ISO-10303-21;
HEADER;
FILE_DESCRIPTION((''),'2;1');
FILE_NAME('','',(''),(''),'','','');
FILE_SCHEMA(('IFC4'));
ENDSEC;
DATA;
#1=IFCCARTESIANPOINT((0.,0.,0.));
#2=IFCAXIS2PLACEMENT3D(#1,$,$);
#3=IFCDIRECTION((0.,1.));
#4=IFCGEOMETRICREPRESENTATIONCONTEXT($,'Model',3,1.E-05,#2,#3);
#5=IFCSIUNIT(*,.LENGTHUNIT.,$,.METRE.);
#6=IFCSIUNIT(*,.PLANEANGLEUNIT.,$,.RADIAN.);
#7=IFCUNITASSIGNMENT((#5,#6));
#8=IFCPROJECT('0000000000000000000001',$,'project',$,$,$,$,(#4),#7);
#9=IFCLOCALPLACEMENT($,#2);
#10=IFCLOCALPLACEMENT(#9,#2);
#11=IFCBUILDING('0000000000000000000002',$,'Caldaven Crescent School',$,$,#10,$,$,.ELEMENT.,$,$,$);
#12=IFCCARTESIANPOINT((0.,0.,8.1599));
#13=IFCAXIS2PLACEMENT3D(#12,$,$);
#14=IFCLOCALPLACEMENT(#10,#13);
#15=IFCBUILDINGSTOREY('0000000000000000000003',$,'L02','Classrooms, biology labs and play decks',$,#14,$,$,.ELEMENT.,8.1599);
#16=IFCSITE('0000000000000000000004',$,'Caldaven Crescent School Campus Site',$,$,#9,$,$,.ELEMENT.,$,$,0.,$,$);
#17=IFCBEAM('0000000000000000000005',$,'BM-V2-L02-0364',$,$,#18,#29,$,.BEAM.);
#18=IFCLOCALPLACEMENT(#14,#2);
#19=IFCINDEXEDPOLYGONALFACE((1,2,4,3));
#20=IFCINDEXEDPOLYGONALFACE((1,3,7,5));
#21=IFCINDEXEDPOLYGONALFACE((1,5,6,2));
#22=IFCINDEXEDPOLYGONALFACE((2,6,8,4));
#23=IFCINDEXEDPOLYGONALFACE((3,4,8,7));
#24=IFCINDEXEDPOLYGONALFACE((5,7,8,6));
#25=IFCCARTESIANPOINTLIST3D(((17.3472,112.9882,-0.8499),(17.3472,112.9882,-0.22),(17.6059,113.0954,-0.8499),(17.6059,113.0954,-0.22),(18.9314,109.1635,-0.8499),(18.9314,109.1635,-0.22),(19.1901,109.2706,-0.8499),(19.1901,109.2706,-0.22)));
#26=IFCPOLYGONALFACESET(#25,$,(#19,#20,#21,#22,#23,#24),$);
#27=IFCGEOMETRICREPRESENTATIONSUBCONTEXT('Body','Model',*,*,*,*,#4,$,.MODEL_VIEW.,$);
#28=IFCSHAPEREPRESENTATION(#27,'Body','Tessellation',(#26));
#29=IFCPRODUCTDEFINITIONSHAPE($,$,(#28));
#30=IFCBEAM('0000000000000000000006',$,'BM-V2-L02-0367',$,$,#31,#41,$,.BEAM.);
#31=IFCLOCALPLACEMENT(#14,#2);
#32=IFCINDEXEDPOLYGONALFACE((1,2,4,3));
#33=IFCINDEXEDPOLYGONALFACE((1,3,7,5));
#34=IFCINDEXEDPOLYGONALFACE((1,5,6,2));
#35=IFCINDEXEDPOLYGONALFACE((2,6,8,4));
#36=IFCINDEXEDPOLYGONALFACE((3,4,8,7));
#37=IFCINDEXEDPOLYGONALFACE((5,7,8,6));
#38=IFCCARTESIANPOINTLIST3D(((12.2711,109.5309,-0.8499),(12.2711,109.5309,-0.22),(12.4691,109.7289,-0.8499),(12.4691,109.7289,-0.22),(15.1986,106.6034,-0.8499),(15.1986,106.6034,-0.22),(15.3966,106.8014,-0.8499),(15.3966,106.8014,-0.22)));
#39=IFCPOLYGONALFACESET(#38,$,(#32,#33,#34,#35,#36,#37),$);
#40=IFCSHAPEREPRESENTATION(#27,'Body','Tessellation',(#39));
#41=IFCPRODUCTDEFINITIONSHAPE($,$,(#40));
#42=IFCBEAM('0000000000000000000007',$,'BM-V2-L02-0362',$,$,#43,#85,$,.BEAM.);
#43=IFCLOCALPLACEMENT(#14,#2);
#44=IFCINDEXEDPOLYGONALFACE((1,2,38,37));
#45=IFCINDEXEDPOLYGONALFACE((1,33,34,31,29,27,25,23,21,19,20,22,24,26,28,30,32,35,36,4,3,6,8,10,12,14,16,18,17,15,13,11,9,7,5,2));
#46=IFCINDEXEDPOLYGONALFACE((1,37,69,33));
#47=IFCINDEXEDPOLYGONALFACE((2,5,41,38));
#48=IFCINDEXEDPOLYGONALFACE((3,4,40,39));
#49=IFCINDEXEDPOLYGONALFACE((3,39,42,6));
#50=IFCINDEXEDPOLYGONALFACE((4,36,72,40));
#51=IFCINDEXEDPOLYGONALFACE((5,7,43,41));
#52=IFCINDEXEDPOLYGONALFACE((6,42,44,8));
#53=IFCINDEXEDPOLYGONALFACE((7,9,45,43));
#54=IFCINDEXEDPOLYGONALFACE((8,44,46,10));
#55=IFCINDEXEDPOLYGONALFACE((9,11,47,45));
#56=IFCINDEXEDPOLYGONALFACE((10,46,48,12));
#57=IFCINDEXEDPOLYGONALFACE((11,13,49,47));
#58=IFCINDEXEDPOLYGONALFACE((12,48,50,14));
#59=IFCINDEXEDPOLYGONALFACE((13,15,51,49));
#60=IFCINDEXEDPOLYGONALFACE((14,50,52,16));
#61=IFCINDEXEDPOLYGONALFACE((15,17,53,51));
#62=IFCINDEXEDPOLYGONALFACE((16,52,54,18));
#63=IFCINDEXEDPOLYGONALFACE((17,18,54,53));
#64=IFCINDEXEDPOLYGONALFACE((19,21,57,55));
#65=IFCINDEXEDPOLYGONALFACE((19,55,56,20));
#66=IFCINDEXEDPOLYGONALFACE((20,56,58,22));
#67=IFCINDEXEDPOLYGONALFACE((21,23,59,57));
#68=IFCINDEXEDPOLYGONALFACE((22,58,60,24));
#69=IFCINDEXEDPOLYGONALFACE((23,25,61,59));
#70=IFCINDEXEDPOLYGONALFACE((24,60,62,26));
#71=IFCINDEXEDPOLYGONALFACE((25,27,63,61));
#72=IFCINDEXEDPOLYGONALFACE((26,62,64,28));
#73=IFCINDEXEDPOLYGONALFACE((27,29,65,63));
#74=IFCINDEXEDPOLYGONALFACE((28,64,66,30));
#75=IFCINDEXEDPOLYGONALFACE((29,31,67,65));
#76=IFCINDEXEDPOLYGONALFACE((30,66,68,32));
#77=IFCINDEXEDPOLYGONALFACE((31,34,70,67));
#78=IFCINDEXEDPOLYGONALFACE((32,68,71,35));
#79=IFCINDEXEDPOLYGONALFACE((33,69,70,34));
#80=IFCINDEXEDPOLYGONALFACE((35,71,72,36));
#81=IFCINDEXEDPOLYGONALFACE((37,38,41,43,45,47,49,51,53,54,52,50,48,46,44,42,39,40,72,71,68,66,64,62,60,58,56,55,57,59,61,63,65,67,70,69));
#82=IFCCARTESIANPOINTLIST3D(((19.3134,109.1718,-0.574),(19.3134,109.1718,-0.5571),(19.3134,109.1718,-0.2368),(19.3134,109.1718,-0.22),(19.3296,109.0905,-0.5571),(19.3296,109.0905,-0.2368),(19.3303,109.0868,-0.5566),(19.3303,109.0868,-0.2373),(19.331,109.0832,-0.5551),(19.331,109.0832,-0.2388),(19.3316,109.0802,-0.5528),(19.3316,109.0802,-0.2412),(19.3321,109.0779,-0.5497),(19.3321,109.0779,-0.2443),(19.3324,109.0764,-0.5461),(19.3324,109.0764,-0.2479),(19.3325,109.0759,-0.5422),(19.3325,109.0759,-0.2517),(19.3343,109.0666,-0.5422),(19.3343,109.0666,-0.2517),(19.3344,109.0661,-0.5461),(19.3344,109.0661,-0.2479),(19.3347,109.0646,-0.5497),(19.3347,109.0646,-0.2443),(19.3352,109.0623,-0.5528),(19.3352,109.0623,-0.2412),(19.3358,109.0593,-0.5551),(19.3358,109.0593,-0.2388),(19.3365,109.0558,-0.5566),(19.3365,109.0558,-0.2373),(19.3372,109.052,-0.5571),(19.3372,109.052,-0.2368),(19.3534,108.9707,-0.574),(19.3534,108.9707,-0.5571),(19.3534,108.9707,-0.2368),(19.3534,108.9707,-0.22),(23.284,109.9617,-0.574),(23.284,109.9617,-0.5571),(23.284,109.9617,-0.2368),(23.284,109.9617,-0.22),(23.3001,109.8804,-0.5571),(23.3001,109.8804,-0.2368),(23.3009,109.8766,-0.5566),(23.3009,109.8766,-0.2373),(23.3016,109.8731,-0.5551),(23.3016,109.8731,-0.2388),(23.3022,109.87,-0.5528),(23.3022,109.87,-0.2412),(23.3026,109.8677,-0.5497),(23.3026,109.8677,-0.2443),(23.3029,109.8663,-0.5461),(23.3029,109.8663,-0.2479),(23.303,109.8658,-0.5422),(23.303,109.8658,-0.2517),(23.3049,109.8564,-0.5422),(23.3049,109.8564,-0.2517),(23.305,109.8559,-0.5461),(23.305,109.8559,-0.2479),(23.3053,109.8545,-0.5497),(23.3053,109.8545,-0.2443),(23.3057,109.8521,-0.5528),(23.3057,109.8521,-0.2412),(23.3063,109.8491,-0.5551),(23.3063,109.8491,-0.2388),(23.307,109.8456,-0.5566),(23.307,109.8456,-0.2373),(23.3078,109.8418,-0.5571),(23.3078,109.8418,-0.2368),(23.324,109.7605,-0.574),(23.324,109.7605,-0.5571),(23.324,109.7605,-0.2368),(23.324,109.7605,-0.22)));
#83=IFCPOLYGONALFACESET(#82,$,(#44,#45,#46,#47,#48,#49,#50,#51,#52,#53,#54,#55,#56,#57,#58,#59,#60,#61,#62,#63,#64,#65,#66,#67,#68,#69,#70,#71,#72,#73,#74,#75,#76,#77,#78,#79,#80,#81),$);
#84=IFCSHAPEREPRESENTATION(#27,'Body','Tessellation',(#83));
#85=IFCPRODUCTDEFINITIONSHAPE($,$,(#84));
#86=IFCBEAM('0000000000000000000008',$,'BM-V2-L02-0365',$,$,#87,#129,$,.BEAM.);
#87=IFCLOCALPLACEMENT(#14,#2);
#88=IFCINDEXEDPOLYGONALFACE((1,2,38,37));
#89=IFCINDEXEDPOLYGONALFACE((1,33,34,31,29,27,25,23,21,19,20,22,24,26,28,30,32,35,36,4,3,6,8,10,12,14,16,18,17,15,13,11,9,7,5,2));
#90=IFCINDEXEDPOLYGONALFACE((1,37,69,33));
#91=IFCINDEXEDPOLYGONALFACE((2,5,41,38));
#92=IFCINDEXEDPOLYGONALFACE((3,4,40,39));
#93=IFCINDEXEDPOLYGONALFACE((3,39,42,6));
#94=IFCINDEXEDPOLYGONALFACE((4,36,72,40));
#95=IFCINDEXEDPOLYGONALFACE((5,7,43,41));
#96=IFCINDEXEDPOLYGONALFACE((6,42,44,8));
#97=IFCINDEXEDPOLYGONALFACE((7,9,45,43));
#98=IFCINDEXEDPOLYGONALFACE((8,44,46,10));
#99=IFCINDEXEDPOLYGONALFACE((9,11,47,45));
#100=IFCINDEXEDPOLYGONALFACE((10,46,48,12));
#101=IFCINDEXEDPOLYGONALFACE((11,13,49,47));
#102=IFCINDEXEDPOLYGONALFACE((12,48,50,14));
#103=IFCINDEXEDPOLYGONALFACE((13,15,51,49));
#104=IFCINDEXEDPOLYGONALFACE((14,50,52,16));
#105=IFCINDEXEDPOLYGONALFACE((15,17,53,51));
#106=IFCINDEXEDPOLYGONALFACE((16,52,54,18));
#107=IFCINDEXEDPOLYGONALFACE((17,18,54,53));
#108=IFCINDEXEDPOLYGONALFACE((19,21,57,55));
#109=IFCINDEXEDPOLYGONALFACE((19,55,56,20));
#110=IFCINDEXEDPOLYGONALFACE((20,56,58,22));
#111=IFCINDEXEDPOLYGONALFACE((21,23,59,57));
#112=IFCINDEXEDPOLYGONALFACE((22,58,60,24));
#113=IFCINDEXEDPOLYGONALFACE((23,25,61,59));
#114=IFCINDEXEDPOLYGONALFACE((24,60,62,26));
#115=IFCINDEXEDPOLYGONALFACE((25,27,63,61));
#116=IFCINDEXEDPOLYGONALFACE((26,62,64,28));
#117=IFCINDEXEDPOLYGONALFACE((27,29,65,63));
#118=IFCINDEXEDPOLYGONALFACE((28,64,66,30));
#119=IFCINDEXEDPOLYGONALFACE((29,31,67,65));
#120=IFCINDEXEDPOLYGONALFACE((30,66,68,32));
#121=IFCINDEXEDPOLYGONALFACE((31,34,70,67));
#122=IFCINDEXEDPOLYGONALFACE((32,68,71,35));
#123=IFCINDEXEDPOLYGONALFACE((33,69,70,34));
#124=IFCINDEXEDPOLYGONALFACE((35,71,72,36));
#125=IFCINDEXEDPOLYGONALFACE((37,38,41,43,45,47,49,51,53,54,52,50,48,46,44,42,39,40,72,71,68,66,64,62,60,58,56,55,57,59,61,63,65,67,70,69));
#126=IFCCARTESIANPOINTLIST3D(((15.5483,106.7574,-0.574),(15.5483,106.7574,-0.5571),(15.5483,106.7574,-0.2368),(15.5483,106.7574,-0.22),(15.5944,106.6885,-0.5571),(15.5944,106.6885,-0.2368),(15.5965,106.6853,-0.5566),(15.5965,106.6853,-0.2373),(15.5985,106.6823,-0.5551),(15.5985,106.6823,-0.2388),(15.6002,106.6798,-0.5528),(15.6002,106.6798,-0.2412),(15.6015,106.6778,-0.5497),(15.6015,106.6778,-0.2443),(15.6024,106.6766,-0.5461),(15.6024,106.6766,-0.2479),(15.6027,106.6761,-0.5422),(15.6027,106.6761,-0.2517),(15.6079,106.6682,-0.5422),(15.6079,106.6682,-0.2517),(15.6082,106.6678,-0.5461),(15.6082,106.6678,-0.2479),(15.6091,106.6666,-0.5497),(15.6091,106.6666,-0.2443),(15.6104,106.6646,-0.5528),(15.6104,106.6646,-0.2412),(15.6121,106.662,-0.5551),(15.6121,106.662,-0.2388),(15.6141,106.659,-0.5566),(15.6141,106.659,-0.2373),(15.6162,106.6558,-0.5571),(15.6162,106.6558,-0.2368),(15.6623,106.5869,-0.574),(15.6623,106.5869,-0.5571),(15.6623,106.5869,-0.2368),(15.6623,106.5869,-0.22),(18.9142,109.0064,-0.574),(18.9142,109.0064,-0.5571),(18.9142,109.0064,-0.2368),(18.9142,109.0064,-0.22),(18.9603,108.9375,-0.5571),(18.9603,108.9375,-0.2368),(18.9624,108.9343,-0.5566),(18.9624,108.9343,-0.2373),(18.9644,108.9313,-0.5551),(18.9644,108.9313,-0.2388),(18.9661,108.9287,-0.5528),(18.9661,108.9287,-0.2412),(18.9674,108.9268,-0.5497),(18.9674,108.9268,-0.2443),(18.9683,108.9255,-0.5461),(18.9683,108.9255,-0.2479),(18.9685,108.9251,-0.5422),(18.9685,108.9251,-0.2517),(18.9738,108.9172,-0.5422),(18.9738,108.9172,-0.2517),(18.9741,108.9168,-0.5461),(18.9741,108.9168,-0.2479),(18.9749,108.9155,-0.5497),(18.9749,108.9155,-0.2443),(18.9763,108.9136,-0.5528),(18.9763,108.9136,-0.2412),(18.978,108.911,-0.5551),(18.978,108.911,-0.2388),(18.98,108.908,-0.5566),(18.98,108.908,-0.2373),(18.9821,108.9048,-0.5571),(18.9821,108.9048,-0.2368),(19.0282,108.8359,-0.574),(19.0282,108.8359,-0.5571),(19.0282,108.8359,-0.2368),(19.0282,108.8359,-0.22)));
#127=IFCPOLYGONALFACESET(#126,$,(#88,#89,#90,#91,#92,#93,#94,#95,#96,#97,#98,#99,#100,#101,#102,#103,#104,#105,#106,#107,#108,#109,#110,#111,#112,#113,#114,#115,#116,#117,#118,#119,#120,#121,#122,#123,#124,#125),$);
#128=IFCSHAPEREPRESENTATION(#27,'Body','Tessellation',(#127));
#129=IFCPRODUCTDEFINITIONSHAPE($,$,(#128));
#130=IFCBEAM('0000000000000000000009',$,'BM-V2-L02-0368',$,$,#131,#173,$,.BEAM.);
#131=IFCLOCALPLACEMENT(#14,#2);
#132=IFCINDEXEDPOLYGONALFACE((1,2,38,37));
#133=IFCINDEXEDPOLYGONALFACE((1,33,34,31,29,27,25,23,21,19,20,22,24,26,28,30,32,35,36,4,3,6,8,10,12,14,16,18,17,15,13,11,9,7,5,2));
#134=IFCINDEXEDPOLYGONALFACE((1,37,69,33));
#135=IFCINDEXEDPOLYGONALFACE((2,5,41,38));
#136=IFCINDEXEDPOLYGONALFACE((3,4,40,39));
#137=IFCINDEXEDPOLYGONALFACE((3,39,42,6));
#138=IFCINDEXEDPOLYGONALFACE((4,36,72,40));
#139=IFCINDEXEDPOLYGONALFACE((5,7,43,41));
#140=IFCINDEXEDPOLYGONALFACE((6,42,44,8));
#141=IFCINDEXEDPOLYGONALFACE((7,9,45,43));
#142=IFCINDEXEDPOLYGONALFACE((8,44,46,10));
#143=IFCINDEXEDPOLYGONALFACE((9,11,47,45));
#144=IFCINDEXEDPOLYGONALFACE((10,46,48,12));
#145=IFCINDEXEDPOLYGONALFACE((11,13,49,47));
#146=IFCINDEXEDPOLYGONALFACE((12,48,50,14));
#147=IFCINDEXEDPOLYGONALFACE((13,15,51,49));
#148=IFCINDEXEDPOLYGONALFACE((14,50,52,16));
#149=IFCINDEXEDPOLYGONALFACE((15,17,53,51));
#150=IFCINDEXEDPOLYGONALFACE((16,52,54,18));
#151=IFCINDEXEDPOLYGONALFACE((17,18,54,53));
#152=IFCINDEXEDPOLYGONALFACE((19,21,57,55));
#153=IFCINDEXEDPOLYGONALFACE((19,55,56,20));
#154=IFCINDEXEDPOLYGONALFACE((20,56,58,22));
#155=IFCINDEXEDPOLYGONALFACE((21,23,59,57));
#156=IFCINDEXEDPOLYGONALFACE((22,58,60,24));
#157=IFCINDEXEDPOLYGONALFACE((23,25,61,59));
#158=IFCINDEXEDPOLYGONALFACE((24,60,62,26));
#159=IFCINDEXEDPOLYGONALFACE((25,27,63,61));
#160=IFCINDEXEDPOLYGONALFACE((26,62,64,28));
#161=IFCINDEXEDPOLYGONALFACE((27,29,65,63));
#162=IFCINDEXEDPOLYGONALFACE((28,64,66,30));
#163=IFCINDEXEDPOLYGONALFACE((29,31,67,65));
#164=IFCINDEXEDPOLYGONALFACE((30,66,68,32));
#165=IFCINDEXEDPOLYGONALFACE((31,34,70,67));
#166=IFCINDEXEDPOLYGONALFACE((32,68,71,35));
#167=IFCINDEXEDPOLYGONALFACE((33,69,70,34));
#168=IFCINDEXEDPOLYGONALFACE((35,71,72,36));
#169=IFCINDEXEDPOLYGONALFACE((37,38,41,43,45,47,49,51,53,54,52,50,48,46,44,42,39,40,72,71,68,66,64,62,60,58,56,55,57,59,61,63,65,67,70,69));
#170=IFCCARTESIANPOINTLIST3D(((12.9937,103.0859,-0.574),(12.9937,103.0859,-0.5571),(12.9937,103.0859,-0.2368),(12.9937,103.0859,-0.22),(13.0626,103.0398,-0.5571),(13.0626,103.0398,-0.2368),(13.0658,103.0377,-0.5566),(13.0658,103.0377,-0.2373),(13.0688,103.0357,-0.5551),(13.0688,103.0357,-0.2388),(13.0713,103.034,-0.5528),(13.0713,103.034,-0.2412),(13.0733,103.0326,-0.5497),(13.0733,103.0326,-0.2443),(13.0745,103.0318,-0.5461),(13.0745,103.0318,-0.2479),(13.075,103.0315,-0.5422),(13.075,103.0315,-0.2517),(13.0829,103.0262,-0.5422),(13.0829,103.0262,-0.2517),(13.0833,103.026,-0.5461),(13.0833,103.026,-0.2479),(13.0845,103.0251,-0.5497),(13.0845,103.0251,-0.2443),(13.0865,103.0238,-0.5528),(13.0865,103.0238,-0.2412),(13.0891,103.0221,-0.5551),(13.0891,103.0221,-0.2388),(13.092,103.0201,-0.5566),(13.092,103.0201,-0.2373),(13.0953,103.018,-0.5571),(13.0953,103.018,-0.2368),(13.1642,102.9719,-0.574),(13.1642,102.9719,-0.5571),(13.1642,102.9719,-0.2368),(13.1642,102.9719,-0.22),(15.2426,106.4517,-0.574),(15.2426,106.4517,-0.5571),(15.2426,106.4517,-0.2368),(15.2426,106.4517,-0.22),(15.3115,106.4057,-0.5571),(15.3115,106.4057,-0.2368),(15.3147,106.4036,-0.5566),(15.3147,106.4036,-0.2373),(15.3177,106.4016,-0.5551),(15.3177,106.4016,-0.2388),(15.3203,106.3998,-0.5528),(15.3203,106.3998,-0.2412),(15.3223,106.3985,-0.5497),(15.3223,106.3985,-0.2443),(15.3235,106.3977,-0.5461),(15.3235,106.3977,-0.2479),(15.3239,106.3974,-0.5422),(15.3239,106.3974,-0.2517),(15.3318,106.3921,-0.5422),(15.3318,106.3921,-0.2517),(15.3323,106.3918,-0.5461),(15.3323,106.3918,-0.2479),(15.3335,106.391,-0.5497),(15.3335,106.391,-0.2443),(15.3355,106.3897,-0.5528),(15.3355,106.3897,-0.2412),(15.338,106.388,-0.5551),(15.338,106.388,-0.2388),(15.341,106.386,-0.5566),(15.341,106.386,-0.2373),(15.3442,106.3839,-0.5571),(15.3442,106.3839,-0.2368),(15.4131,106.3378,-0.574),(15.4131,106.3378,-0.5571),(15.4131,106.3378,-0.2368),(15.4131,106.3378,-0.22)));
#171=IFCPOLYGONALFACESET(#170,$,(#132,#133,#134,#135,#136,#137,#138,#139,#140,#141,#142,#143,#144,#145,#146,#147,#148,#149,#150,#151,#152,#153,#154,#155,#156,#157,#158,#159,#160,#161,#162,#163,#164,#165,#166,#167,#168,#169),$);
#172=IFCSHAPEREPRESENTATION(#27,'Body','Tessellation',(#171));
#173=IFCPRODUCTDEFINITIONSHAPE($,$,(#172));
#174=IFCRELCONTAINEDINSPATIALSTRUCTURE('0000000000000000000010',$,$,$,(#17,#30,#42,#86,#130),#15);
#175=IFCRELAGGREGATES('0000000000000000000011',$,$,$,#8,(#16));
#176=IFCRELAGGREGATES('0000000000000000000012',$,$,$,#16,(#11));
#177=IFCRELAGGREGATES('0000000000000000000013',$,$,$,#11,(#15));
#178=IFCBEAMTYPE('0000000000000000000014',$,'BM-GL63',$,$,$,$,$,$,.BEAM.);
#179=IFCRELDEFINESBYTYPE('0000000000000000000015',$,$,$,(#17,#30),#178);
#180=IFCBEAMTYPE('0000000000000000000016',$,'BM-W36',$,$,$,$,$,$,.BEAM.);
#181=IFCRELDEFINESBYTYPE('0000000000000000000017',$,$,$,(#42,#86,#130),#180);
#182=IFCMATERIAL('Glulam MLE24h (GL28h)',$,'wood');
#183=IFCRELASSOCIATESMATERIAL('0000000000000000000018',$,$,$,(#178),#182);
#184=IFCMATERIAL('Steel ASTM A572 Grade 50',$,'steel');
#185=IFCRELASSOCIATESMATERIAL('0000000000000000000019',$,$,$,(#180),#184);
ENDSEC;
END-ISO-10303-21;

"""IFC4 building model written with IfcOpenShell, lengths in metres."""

from ifc_helpers import new_model, si_unit, direction, frame, origin, origin_2d, place, context, subcontext, project, spatial, rectangle, i_section, extrude, material, material_profile, profile_set, type_object, element, save


model = new_model("IFC4")

# Units and contexts
model_context = context("Model", 3, precision=1e-05, world=origin(), true_north=direction((0.0, 1.0)))
body_context = subcontext(model_context, "Body", "Model", "MODEL_VIEW")
ifc_project = project(units=[si_unit("LENGTHUNIT", "METRE"), si_unit("PLANEANGLEUNIT", "RADIAN")], contexts=[model_context])

# Site, building, storey
site_placement = place(None, origin())
site = spatial("IfcSite", under=ifc_project, at=site_placement, Name="Caldaven Crescent School Campus Site", CompositionType="ELEMENT", RefElevation=0.0)
building_placement = place(site_placement, origin())
building = spatial("IfcBuilding", under=site, at=building_placement, Name="Caldaven Crescent School", CompositionType="ELEMENT")
storey_placement = place(building_placement, frame((0.0, 0.0, 8.1599)))
storey = spatial("IfcBuildingStorey", under=building, at=storey_placement, Name="L02", Description="Classrooms, biology labs and play decks", CompositionType="ELEMENT", Elevation=8.1599)

# Beams
ifc_material_1 = material(Name="Glulam MLE24h (GL28h)", Category="wood")
ifc_material_profile_1 = material_profile(ifc_material_1, rectangle(XDim=0.28, YDim=0.6299, at=origin_2d()), Name="MLE 280x630")
ifc_profile_set_1 = profile_set([ifc_material_profile_1], Name="Glulam MLE24h (GL28h)")
beam_type_1 = type_object("IfcBeamType", Name="BM-GL63", PredefinedType="BEAM", material=ifc_profile_set_1)
beam_1_placement = place(storey_placement, frame((19.0608, 109.217, -0.5349), z_axis=(-0.38268, 0.923881, 0.0), x_axis=(-0.923881, -0.38268, 0.0)))
element("IfcBeam", 1, at=beam_1_placement, inside=storey, type_object=beam_type_1, Name="BM-V2-L02-0364", PredefinedType="BEAM", context=body_context, shape_type="SweptSolid", body=[
    extrude(rectangle(XDim=0.28, YDim=0.6299, at=origin_2d()), origin(), (0.0, 0.0, 1.0), 4.1399),
])
beam_2_placement = place(storey_placement, frame((15.2976, 106.7024, -0.5349), z_axis=(-0.707107, 0.707107, 0.0), x_axis=(-0.707107, -0.707107, 0.0)))
element("IfcBeam", 2, at=beam_2_placement, inside=storey, type_object=beam_type_1, Name="BM-V2-L02-0367", PredefinedType="BEAM", context=body_context, shape_type="SweptSolid", body=[
    extrude(rectangle(XDim=0.28, YDim=0.6299, at=origin_2d()), origin(), (0.0, 0.0, 1.0), 4.1401),
])
ifc_material_2 = material(Name="Steel ASTM A572 Grade 50", Category="steel")
ifc_material_profile_2 = material_profile(ifc_material_2, i_section(OverallWidth=0.2051, OverallDepth=0.354, WebThickness=0.0095, FlangeThickness=0.0168, FilletRadius=0.0149, at=origin_2d()), Name="W360x79")
ifc_profile_set_2 = profile_set([ifc_material_profile_2], Name="Steel ASTM A572 Grade 50")
beam_type_2 = type_object("IfcBeamType", Name="BM-W36", PredefinedType="BEAM", material=ifc_profile_set_2)
beam_3_placement = place(storey_placement, frame((23.304, 109.8611, -0.397), z_axis=(-0.980784, -0.195095, 0.0), x_axis=(0.195095, -0.980784, 0.0)))
element("IfcBeam", 3, at=beam_3_placement, inside=storey, type_object=beam_type_2, Name="BM-V2-L02-0362", PredefinedType="BEAM", context=body_context, shape_type="SweptSolid", body=[
    extrude(i_section(OverallWidth=0.2051, OverallDepth=0.354, WebThickness=0.0095, FlangeThickness=0.0168, FilletRadius=0.0149, at=origin_2d()), origin(), (0.0, 0.0, 1.0), 4.0483),
])
for number, where, z_axis, x_axis, name in (
    (4, (18.9712, 108.9211, -0.397), (-0.831475, -0.555563, 0.0), (0.555563, -0.831475, 0.0), "BM-V2-L02-0365"),
    (5, (15.3279, 106.3948, -0.397), (-0.555563, -0.831475, 0.0), (0.831475, -0.555563, 0.0), "BM-V2-L02-0368"),
):
    element("IfcBeam", number, at=place(storey_placement, frame(where, z_axis=z_axis, x_axis=x_axis)), inside=storey, type_object=beam_type_2, Name=name, PredefinedType="BEAM", context=body_context, shape_type="SweptSolid", body=[
        extrude(i_section(OverallWidth=0.2051, OverallDepth=0.354, WebThickness=0.0095, FlangeThickness=0.0168, FilletRadius=0.0149, at=origin_2d()), origin(), (0.0, 0.0, 1.0), 4.0481),
    ])

save(model, "model.ifc")
